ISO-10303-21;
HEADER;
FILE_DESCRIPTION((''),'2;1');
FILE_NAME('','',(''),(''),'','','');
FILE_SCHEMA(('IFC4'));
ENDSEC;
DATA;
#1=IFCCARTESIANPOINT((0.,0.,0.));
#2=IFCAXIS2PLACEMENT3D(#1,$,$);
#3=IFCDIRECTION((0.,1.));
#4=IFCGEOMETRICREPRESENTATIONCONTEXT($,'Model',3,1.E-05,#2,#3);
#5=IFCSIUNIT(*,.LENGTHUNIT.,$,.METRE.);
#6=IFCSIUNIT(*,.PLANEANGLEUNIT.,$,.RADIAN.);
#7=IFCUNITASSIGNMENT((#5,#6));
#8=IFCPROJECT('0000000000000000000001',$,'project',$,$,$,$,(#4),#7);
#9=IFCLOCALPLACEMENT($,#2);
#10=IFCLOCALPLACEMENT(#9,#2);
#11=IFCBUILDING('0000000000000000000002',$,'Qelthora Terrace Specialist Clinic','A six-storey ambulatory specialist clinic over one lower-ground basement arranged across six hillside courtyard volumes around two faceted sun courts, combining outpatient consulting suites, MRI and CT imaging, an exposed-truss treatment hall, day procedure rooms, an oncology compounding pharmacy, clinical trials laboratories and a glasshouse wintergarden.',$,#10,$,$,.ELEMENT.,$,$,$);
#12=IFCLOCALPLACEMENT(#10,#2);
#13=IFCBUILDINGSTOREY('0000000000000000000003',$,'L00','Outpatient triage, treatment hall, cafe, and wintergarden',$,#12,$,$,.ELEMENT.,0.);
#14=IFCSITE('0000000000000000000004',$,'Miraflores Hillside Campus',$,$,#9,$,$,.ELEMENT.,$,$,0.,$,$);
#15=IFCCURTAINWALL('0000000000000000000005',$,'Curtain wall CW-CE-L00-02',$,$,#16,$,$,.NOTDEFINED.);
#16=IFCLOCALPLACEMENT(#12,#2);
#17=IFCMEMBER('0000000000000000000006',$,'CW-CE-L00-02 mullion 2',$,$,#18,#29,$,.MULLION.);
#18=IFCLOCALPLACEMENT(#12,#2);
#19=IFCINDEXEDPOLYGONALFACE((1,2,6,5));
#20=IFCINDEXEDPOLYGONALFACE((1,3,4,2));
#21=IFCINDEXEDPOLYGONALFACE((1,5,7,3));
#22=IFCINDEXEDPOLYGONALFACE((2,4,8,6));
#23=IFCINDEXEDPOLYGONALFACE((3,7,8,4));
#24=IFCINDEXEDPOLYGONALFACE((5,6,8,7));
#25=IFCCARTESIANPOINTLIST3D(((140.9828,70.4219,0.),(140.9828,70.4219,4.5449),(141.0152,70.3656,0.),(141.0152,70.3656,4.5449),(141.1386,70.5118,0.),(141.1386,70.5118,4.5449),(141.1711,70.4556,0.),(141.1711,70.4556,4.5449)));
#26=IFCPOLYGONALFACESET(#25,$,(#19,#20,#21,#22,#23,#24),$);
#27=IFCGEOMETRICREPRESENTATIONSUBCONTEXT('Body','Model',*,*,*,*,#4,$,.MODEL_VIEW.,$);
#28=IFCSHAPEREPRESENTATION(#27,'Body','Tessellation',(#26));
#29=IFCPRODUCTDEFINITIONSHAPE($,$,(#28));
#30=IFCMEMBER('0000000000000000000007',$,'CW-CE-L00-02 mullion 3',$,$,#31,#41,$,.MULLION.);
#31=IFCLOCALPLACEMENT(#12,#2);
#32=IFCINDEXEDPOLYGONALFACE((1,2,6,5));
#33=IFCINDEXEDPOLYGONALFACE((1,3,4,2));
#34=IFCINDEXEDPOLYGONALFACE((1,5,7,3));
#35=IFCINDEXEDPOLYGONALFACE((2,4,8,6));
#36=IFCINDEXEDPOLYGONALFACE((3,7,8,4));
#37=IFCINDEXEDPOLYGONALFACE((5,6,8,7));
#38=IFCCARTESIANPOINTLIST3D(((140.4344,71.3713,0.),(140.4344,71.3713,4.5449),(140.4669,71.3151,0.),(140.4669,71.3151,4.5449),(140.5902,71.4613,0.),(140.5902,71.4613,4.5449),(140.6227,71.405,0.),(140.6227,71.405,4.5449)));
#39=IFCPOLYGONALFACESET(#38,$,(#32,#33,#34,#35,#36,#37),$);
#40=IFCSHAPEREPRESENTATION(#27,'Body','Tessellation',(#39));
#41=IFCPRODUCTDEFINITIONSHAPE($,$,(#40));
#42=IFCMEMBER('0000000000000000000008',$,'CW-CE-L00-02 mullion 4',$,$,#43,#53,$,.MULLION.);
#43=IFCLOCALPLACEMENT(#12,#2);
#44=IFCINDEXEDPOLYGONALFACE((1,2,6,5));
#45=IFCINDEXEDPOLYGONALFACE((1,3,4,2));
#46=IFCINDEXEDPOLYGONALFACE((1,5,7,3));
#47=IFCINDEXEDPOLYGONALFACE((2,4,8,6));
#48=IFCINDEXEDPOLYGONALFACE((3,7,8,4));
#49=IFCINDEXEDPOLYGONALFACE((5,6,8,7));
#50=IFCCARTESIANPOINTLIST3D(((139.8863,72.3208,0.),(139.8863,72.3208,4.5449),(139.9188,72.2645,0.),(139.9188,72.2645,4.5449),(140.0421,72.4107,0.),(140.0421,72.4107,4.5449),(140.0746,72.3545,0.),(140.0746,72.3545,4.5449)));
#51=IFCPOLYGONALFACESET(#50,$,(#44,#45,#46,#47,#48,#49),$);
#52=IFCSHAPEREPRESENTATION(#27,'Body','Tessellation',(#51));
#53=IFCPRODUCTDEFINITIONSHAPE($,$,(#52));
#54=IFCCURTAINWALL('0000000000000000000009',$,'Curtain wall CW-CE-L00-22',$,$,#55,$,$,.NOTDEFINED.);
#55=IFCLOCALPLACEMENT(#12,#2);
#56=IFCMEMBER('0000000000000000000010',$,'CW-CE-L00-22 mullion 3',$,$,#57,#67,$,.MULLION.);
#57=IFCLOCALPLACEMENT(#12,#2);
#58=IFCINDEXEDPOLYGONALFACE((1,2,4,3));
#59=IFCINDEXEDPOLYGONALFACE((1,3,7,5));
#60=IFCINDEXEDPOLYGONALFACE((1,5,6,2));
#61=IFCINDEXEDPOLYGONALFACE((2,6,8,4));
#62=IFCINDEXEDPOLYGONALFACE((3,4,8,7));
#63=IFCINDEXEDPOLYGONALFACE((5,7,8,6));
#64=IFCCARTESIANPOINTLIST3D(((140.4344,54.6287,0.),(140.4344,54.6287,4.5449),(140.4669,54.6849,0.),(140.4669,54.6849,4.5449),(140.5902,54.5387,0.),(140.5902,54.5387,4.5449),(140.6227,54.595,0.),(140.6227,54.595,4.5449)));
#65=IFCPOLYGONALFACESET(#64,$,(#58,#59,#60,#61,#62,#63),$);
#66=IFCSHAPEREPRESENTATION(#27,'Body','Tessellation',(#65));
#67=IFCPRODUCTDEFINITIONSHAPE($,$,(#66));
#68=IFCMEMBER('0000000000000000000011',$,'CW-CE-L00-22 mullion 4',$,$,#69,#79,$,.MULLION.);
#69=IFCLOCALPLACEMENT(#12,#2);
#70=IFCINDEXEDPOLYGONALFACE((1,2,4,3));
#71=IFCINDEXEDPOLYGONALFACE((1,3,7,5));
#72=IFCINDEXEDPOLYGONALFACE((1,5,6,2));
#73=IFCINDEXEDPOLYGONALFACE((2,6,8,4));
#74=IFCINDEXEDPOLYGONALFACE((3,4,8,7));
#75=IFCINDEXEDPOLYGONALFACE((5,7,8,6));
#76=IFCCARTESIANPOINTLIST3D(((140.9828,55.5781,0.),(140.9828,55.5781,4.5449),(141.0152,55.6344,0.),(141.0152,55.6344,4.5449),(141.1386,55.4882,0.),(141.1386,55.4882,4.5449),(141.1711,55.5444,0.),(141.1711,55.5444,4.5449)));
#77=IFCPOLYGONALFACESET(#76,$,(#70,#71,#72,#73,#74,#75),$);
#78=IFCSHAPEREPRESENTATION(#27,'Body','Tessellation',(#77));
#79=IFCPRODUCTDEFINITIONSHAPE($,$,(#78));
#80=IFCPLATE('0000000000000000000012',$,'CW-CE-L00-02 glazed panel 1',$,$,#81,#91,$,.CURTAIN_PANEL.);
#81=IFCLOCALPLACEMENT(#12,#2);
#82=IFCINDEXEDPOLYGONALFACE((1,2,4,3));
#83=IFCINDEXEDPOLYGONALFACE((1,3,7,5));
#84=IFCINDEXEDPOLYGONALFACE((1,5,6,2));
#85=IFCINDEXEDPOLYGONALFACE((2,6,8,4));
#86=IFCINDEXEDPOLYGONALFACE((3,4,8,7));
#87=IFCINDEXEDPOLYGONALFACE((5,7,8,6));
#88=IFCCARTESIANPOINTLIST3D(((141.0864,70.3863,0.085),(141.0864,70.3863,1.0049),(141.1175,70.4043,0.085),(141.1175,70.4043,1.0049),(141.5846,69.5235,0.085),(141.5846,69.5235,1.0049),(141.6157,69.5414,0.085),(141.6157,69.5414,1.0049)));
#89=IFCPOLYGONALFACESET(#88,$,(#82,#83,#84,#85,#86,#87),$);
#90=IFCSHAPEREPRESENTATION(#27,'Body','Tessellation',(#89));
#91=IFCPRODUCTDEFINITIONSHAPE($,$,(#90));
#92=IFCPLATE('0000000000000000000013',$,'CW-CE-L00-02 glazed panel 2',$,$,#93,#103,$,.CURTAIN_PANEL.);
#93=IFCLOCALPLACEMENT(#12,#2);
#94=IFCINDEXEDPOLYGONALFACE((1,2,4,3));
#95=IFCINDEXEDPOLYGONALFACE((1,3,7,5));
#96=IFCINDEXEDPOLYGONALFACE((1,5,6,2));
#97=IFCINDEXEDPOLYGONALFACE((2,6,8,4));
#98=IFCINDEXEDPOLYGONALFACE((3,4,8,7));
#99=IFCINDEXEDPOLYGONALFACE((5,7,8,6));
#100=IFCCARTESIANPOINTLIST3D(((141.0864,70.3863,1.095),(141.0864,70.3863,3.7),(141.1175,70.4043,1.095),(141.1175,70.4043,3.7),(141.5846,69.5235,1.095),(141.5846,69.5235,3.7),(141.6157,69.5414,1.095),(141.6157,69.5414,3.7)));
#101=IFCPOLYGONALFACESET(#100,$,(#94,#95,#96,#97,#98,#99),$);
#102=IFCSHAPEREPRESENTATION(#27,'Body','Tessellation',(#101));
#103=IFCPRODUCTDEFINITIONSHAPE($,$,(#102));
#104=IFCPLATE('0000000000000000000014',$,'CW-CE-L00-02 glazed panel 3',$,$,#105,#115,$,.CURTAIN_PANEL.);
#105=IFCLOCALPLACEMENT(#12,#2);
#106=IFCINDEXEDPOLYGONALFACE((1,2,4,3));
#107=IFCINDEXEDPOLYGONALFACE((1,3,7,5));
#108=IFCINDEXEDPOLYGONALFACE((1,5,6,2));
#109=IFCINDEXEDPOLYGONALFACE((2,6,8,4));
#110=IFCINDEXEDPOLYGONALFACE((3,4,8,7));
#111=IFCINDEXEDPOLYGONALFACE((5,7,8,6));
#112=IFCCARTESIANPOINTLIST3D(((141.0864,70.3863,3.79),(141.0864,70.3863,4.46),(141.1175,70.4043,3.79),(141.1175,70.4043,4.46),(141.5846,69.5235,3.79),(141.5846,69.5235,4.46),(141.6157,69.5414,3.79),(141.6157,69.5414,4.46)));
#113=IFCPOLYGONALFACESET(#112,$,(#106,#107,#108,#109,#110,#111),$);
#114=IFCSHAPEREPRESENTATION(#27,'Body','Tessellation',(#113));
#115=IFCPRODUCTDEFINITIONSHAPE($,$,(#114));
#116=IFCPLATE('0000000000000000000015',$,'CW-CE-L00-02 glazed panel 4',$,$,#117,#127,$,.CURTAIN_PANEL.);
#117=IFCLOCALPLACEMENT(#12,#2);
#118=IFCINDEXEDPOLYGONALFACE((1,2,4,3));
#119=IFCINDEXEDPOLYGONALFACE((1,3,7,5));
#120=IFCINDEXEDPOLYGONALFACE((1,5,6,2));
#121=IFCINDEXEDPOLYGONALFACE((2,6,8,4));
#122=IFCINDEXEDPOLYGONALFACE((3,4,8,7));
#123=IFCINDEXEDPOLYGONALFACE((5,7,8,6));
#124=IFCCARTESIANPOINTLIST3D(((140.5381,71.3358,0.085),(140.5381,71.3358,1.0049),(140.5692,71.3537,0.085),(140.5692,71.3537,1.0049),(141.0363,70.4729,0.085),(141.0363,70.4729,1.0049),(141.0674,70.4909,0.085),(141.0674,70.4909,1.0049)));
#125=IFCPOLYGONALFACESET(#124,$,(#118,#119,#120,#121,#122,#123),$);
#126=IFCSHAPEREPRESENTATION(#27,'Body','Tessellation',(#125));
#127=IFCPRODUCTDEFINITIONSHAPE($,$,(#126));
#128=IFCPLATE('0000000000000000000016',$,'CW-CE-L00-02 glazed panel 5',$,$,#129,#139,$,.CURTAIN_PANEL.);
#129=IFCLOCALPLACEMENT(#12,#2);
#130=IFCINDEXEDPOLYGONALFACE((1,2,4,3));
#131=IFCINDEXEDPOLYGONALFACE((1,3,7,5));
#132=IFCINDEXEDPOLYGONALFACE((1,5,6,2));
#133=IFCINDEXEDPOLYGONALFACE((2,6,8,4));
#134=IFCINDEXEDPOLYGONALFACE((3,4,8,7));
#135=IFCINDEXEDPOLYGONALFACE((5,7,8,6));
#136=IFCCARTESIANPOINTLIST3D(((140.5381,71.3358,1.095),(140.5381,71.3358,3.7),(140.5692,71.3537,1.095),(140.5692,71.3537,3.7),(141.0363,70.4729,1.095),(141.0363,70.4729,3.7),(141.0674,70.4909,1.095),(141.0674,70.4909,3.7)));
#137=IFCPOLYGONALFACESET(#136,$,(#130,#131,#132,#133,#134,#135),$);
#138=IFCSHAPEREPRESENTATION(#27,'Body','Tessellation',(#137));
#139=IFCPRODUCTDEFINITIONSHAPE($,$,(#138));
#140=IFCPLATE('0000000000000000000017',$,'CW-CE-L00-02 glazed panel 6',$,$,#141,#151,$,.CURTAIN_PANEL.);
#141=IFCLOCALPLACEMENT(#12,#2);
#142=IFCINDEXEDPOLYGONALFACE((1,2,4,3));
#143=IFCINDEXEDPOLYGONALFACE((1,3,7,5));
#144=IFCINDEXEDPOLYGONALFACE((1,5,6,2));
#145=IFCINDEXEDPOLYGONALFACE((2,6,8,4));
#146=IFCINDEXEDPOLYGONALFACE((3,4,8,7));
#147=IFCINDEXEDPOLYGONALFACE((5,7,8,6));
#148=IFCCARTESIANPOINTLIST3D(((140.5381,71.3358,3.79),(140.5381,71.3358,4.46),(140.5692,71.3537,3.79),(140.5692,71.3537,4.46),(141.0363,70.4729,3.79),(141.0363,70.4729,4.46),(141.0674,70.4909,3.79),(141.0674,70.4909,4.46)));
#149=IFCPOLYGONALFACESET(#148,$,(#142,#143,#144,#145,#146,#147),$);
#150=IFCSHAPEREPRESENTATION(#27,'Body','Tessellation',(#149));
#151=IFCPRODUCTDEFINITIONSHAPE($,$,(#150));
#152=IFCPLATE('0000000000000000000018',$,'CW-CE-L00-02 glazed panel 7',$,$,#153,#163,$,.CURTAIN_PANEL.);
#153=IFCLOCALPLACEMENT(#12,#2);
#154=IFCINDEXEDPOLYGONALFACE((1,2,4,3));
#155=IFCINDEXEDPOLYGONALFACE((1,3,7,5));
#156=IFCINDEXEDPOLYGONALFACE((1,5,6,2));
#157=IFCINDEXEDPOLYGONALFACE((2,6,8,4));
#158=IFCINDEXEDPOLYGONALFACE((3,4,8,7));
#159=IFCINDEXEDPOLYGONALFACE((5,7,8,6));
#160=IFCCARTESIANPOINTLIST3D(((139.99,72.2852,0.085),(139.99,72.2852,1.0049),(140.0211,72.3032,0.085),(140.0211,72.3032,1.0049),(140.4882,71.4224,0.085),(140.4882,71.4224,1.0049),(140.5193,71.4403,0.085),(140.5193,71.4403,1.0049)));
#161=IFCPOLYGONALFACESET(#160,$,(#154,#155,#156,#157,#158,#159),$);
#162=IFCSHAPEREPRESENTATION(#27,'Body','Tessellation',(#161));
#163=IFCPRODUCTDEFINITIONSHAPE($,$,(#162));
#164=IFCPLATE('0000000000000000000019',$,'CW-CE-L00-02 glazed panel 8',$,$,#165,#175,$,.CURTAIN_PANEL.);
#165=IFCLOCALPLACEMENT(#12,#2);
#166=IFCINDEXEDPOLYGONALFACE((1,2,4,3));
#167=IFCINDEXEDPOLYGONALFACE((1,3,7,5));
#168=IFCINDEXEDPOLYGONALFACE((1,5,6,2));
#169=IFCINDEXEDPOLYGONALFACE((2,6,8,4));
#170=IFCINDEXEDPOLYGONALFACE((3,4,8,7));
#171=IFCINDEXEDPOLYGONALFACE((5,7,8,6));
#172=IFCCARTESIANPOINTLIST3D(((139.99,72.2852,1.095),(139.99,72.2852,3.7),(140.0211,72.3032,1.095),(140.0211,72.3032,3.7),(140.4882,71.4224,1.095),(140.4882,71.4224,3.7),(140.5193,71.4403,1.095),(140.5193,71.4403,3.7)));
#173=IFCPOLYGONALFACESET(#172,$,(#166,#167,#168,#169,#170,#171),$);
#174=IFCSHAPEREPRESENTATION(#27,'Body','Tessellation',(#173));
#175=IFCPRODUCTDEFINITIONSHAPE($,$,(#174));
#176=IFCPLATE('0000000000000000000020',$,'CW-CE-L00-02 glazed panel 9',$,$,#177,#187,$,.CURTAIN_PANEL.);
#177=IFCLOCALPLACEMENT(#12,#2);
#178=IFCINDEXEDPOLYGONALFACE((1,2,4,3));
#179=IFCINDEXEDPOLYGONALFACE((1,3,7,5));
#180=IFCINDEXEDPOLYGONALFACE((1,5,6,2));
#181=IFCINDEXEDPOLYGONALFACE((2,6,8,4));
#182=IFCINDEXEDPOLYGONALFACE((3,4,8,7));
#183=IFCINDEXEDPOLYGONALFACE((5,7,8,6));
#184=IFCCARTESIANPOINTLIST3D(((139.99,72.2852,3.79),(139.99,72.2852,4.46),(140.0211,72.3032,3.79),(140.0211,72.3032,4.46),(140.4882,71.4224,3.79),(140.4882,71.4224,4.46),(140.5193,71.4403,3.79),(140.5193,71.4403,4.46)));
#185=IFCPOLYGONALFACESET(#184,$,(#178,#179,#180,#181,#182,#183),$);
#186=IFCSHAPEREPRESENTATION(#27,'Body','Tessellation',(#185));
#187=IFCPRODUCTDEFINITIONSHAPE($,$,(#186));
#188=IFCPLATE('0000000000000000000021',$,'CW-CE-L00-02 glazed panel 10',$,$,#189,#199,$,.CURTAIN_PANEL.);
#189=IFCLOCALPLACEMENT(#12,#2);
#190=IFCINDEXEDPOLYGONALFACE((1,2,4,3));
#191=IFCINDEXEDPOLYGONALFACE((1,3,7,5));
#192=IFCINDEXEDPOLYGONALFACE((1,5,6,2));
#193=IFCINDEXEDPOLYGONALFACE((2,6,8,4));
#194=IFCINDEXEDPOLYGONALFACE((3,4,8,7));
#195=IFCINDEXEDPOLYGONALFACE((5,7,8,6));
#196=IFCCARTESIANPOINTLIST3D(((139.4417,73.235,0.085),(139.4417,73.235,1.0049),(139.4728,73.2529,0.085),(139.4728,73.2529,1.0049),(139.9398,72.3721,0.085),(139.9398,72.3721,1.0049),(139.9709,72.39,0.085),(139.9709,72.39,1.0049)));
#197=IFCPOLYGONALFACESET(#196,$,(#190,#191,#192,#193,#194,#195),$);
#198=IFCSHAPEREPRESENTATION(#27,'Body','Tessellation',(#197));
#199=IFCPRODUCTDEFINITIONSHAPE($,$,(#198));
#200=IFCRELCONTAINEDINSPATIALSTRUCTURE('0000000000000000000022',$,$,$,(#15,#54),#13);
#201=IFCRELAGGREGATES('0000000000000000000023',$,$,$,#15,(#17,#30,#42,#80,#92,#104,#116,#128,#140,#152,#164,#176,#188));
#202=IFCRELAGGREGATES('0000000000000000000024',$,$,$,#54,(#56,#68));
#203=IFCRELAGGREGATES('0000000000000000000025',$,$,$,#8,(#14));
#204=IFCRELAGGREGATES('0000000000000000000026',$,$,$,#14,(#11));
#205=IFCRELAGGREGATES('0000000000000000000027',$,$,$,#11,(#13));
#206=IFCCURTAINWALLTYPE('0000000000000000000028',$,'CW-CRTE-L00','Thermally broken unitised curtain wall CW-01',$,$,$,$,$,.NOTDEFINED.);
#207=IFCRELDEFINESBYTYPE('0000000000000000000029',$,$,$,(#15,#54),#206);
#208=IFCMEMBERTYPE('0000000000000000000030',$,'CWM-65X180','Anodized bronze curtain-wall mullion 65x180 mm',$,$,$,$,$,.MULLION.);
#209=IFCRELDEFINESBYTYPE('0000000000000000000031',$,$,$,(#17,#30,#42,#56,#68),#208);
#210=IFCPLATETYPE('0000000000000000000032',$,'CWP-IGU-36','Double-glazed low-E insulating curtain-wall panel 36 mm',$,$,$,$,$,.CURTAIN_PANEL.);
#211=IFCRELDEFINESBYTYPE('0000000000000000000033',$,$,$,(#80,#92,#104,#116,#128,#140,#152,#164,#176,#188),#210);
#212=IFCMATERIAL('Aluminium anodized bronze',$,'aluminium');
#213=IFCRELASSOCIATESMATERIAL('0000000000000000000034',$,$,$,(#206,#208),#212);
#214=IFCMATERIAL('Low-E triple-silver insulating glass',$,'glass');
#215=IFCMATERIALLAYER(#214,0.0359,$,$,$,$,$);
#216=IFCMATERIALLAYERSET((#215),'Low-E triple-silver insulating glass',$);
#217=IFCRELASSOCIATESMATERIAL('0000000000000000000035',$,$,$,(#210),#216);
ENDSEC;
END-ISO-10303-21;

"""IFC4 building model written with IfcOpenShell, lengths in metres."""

from ifc_helpers import new_model, si_unit, direction, frame, origin, origin_2d, place, context, subcontext, project, spatial, rectangle, extrude, material, layer, layer_set, material_profile, profile_set, type_object, element, aggregate, save


model = new_model("IFC4")

# Units and contexts
model_context = context("Model", 3, precision=1e-05, world=origin(), true_north=direction((0.0, 1.0)))
body_context = subcontext(model_context, "Body", "Model", "MODEL_VIEW")
ifc_project = project(units=[si_unit("LENGTHUNIT", "METRE"), si_unit("PLANEANGLEUNIT", "RADIAN")], contexts=[model_context])

# Site, building, storey
site_placement = place(None, origin())
site = spatial("IfcSite", under=ifc_project, at=site_placement, Name="Miraflores Hillside Campus", CompositionType="ELEMENT", RefElevation=0.0)
building_placement = place(site_placement, origin())
building = spatial("IfcBuilding", under=site, at=building_placement, Name="Qelthora Terrace Specialist Clinic", Description="A six-storey ambulatory specialist clinic over one lower-ground basement arranged across six hillside courtyard volumes around two faceted sun courts, combining outpatient consulting suites, MRI and CT imaging, an exposed-truss treatment hall, day procedure rooms, an oncology compounding pharmacy, clinical trials laboratories and a glasshouse wintergarden.", CompositionType="ELEMENT")
storey_placement = place(building_placement, origin())
storey = spatial("IfcBuildingStorey", under=building, at=storey_placement, Name="L00", Description="Outpatient triage, treatment hall, cafe, and wintergarden", CompositionType="ELEMENT", Elevation=0.0)

# Curtain walls, members
ifc_material_1 = material(Name="Aluminium anodized bronze", Category="aluminium")
curtain_wall_type = type_object("IfcCurtainWallType", Name="CW-CRTE-L00", Description="Thermally broken unitised curtain wall CW-01", PredefinedType="NOTDEFINED", material=ifc_material_1)
curtain_wall_1_placement = place(storey_placement, origin())
curtain_wall_1 = element("IfcCurtainWall", 1, at=curtain_wall_1_placement, inside=storey, type_object=curtain_wall_type, Name="Curtain wall CW-CE-L00-02", PredefinedType="NOTDEFINED")
ifc_material_profile = material_profile(ifc_material_1, rectangle(XDim=0.0649, YDim=0.1799, at=origin_2d()), Name="CWM65X180")
ifc_profile_set = profile_set([ifc_material_profile], Name="Aluminium anodized bronze")
member_type = type_object("IfcMemberType", Name="CWM-65X180", Description="Anodized bronze curtain-wall mullion 65x180 mm", PredefinedType="MULLION", material=ifc_profile_set)
member_1_placement = place(storey_placement, frame((141.0769, 70.4387, 0.0), z_axis=(0.0, 0.0, 1.0), x_axis=(-0.5, 0.866025, 0.0)))
member_1 = element("IfcMember", 2, at=member_1_placement, type_object=member_type, Name="CW-CE-L00-02 mullion 2", PredefinedType="MULLION", context=body_context, shape_type="SweptSolid", body=[
    extrude(rectangle(XDim=0.0649, YDim=0.1799, at=origin_2d()), origin(), (0.0, 0.0, 1.0), 4.5449),
])
member_2_placement = place(storey_placement, frame((140.5286, 71.3882, 0.0), z_axis=(0.0, 0.0, 1.0), x_axis=(-0.5, 0.866025, 0.0)))
member_2 = element("IfcMember", 3, at=member_2_placement, type_object=member_type, Name="CW-CE-L00-02 mullion 3", PredefinedType="MULLION", context=body_context, shape_type="SweptSolid", body=[
    extrude(rectangle(XDim=0.0649, YDim=0.1799, at=origin_2d()), origin(), (0.0, 0.0, 1.0), 4.5449),
])
member_3_placement = place(storey_placement, frame((139.9805, 72.3376, 0.0), z_axis=(0.0, 0.0, 1.0), x_axis=(-0.5, 0.866025, 0.0)))
member_3 = element("IfcMember", 4, at=member_3_placement, type_object=member_type, Name="CW-CE-L00-02 mullion 4", PredefinedType="MULLION", context=body_context, shape_type="SweptSolid", body=[
    extrude(rectangle(XDim=0.0649, YDim=0.1799, at=origin_2d()), origin(), (0.0, 0.0, 1.0), 4.5449),
])
curtain_wall_2_placement = place(storey_placement, origin())
curtain_wall_2 = element("IfcCurtainWall", 5, at=curtain_wall_2_placement, inside=storey, type_object=curtain_wall_type, Name="Curtain wall CW-CE-L00-22", PredefinedType="NOTDEFINED")
member_4_placement = place(storey_placement, frame((140.5286, 54.6118, 0.0), z_axis=(0.0, 0.0, 1.0), x_axis=(0.5, 0.866025, 0.0)))
member_4 = element("IfcMember", 6, at=member_4_placement, type_object=member_type, Name="CW-CE-L00-22 mullion 3", PredefinedType="MULLION", context=body_context, shape_type="SweptSolid", body=[
    extrude(rectangle(XDim=0.0649, YDim=0.1799, at=origin_2d()), origin(), (0.0, 0.0, 1.0), 4.5449),
])
member_5_placement = place(storey_placement, frame((141.0769, 55.5613, 0.0), z_axis=(0.0, 0.0, 1.0), x_axis=(0.5, 0.866025, 0.0)))
member_5 = element("IfcMember", 7, at=member_5_placement, type_object=member_type, Name="CW-CE-L00-22 mullion 4", PredefinedType="MULLION", context=body_context, shape_type="SweptSolid", body=[
    extrude(rectangle(XDim=0.0649, YDim=0.1799, at=origin_2d()), origin(), (0.0, 0.0, 1.0), 4.5449),
])

# Plates
ifc_material_2 = material(Name="Low-E triple-silver insulating glass", Category="glass")
ifc_layer = layer(ifc_material_2, 0.0359)
ifc_layer_set = layer_set([ifc_layer], Name="Low-E triple-silver insulating glass")
plate_type = type_object("IfcPlateType", Name="CWP-IGU-36", Description="Double-glazed low-E insulating curtain-wall panel 36 mm", PredefinedType="CURTAIN_PANEL", material=ifc_layer_set)
plate_1_placement = place(storey_placement, frame((141.3511, 69.9639, 0.085), z_axis=(0.0, 0.0, 1.0), x_axis=(-0.5, 0.866025, 0.0)))
plate_1 = element("IfcPlate", 8, at=plate_1_placement, type_object=plate_type, Name="CW-CE-L00-02 glazed panel 1", PredefinedType="CURTAIN_PANEL", context=body_context, shape_type="SweptSolid", body=[
    extrude(rectangle(XDim=0.9963, YDim=0.0359, at=origin_2d()), origin(), (0.0, 0.0, 1.0), 0.9199),
])
plate_2_placement = place(storey_placement, frame((141.3511, 69.9639, 1.095), z_axis=(0.0, 0.0, 1.0), x_axis=(-0.5, 0.866025, 0.0)))
plate_2 = element("IfcPlate", 9, at=plate_2_placement, type_object=plate_type, Name="CW-CE-L00-02 glazed panel 2", PredefinedType="CURTAIN_PANEL", context=body_context, shape_type="SweptSolid", body=[
    extrude(rectangle(XDim=0.9963, YDim=0.0359, at=origin_2d()), origin(), (0.0, 0.0, 1.0), 2.605),
])
plate_3_placement = place(storey_placement, frame((141.3511, 69.9639, 3.79), z_axis=(0.0, 0.0, 1.0), x_axis=(-0.5, 0.866025, 0.0)))
plate_3 = element("IfcPlate", 10, at=plate_3_placement, type_object=plate_type, Name="CW-CE-L00-02 glazed panel 3", PredefinedType="CURTAIN_PANEL", context=body_context, shape_type="SweptSolid", body=[
    extrude(rectangle(XDim=0.9963, YDim=0.0359, at=origin_2d()), origin(), (0.0, 0.0, 1.0), 0.6699),
])
plate_4_placement = place(storey_placement, frame((140.8027, 70.9133, 0.085), z_axis=(0.0, 0.0, 1.0), x_axis=(-0.5, 0.866025, 0.0)))
plate_4 = element("IfcPlate", 11, at=plate_4_placement, type_object=plate_type, Name="CW-CE-L00-02 glazed panel 4", PredefinedType="CURTAIN_PANEL", context=body_context, shape_type="SweptSolid", body=[
    extrude(rectangle(XDim=0.9963, YDim=0.0359, at=origin_2d()), origin(), (0.0, 0.0, 1.0), 0.9199),
])
plate_5_placement = place(storey_placement, frame((140.8027, 70.9133, 1.095), z_axis=(0.0, 0.0, 1.0), x_axis=(-0.5, 0.866025, 0.0)))
plate_5 = element("IfcPlate", 12, at=plate_5_placement, type_object=plate_type, Name="CW-CE-L00-02 glazed panel 5", PredefinedType="CURTAIN_PANEL", context=body_context, shape_type="SweptSolid", body=[
    extrude(rectangle(XDim=0.9963, YDim=0.0359, at=origin_2d()), origin(), (0.0, 0.0, 1.0), 2.605),
])
plate_6_placement = place(storey_placement, frame((140.8027, 70.9133, 3.79), z_axis=(0.0, 0.0, 1.0), x_axis=(-0.5, 0.866025, 0.0)))
plate_6 = element("IfcPlate", 13, at=plate_6_placement, type_object=plate_type, Name="CW-CE-L00-02 glazed panel 6", PredefinedType="CURTAIN_PANEL", context=body_context, shape_type="SweptSolid", body=[
    extrude(rectangle(XDim=0.9963, YDim=0.0359, at=origin_2d()), origin(), (0.0, 0.0, 1.0), 0.6699),
])
plate_7_placement = place(storey_placement, frame((140.2546, 71.8628, 0.085), z_axis=(0.0, 0.0, 1.0), x_axis=(-0.5, 0.866025, 0.0)))
plate_7 = element("IfcPlate", 14, at=plate_7_placement, type_object=plate_type, Name="CW-CE-L00-02 glazed panel 7", PredefinedType="CURTAIN_PANEL", context=body_context, shape_type="SweptSolid", body=[
    extrude(rectangle(XDim=0.9963, YDim=0.0359, at=origin_2d()), origin(), (0.0, 0.0, 1.0), 0.9199),
])
plate_8_placement = place(storey_placement, frame((140.2546, 71.8628, 1.095), z_axis=(0.0, 0.0, 1.0), x_axis=(-0.5, 0.866025, 0.0)))
plate_8 = element("IfcPlate", 15, at=plate_8_placement, type_object=plate_type, Name="CW-CE-L00-02 glazed panel 8", PredefinedType="CURTAIN_PANEL", context=body_context, shape_type="SweptSolid", body=[
    extrude(rectangle(XDim=0.9963, YDim=0.0359, at=origin_2d()), origin(), (0.0, 0.0, 1.0), 2.605),
])
plate_9_placement = place(storey_placement, frame((140.2546, 71.8628, 3.79), z_axis=(0.0, 0.0, 1.0), x_axis=(-0.5, 0.866025, 0.0)))
plate_9 = element("IfcPlate", 16, at=plate_9_placement, type_object=plate_type, Name="CW-CE-L00-02 glazed panel 9", PredefinedType="CURTAIN_PANEL", context=body_context, shape_type="SweptSolid", body=[
    extrude(rectangle(XDim=0.9963, YDim=0.0359, at=origin_2d()), origin(), (0.0, 0.0, 1.0), 0.6699),
])
plate_10_placement = place(storey_placement, frame((139.7063, 72.8125, 0.085), z_axis=(0.0, 0.0, 1.0), x_axis=(-0.5, 0.866025, 0.0)))
plate_10 = element("IfcPlate", 17, at=plate_10_placement, type_object=plate_type, Name="CW-CE-L00-02 glazed panel 10", PredefinedType="CURTAIN_PANEL", context=body_context, shape_type="SweptSolid", body=[
    extrude(rectangle(XDim=0.9963, YDim=0.0359, at=origin_2d()), origin(), (0.0, 0.0, 1.0), 0.9199),
])
aggregate(curtain_wall_1, [member_1, member_2, member_3, plate_1, plate_2, plate_3, plate_4, plate_5, plate_6, plate_7, plate_8, plate_9, plate_10])
aggregate(curtain_wall_2, [member_4, member_5])

save(model, "model.ifc")
